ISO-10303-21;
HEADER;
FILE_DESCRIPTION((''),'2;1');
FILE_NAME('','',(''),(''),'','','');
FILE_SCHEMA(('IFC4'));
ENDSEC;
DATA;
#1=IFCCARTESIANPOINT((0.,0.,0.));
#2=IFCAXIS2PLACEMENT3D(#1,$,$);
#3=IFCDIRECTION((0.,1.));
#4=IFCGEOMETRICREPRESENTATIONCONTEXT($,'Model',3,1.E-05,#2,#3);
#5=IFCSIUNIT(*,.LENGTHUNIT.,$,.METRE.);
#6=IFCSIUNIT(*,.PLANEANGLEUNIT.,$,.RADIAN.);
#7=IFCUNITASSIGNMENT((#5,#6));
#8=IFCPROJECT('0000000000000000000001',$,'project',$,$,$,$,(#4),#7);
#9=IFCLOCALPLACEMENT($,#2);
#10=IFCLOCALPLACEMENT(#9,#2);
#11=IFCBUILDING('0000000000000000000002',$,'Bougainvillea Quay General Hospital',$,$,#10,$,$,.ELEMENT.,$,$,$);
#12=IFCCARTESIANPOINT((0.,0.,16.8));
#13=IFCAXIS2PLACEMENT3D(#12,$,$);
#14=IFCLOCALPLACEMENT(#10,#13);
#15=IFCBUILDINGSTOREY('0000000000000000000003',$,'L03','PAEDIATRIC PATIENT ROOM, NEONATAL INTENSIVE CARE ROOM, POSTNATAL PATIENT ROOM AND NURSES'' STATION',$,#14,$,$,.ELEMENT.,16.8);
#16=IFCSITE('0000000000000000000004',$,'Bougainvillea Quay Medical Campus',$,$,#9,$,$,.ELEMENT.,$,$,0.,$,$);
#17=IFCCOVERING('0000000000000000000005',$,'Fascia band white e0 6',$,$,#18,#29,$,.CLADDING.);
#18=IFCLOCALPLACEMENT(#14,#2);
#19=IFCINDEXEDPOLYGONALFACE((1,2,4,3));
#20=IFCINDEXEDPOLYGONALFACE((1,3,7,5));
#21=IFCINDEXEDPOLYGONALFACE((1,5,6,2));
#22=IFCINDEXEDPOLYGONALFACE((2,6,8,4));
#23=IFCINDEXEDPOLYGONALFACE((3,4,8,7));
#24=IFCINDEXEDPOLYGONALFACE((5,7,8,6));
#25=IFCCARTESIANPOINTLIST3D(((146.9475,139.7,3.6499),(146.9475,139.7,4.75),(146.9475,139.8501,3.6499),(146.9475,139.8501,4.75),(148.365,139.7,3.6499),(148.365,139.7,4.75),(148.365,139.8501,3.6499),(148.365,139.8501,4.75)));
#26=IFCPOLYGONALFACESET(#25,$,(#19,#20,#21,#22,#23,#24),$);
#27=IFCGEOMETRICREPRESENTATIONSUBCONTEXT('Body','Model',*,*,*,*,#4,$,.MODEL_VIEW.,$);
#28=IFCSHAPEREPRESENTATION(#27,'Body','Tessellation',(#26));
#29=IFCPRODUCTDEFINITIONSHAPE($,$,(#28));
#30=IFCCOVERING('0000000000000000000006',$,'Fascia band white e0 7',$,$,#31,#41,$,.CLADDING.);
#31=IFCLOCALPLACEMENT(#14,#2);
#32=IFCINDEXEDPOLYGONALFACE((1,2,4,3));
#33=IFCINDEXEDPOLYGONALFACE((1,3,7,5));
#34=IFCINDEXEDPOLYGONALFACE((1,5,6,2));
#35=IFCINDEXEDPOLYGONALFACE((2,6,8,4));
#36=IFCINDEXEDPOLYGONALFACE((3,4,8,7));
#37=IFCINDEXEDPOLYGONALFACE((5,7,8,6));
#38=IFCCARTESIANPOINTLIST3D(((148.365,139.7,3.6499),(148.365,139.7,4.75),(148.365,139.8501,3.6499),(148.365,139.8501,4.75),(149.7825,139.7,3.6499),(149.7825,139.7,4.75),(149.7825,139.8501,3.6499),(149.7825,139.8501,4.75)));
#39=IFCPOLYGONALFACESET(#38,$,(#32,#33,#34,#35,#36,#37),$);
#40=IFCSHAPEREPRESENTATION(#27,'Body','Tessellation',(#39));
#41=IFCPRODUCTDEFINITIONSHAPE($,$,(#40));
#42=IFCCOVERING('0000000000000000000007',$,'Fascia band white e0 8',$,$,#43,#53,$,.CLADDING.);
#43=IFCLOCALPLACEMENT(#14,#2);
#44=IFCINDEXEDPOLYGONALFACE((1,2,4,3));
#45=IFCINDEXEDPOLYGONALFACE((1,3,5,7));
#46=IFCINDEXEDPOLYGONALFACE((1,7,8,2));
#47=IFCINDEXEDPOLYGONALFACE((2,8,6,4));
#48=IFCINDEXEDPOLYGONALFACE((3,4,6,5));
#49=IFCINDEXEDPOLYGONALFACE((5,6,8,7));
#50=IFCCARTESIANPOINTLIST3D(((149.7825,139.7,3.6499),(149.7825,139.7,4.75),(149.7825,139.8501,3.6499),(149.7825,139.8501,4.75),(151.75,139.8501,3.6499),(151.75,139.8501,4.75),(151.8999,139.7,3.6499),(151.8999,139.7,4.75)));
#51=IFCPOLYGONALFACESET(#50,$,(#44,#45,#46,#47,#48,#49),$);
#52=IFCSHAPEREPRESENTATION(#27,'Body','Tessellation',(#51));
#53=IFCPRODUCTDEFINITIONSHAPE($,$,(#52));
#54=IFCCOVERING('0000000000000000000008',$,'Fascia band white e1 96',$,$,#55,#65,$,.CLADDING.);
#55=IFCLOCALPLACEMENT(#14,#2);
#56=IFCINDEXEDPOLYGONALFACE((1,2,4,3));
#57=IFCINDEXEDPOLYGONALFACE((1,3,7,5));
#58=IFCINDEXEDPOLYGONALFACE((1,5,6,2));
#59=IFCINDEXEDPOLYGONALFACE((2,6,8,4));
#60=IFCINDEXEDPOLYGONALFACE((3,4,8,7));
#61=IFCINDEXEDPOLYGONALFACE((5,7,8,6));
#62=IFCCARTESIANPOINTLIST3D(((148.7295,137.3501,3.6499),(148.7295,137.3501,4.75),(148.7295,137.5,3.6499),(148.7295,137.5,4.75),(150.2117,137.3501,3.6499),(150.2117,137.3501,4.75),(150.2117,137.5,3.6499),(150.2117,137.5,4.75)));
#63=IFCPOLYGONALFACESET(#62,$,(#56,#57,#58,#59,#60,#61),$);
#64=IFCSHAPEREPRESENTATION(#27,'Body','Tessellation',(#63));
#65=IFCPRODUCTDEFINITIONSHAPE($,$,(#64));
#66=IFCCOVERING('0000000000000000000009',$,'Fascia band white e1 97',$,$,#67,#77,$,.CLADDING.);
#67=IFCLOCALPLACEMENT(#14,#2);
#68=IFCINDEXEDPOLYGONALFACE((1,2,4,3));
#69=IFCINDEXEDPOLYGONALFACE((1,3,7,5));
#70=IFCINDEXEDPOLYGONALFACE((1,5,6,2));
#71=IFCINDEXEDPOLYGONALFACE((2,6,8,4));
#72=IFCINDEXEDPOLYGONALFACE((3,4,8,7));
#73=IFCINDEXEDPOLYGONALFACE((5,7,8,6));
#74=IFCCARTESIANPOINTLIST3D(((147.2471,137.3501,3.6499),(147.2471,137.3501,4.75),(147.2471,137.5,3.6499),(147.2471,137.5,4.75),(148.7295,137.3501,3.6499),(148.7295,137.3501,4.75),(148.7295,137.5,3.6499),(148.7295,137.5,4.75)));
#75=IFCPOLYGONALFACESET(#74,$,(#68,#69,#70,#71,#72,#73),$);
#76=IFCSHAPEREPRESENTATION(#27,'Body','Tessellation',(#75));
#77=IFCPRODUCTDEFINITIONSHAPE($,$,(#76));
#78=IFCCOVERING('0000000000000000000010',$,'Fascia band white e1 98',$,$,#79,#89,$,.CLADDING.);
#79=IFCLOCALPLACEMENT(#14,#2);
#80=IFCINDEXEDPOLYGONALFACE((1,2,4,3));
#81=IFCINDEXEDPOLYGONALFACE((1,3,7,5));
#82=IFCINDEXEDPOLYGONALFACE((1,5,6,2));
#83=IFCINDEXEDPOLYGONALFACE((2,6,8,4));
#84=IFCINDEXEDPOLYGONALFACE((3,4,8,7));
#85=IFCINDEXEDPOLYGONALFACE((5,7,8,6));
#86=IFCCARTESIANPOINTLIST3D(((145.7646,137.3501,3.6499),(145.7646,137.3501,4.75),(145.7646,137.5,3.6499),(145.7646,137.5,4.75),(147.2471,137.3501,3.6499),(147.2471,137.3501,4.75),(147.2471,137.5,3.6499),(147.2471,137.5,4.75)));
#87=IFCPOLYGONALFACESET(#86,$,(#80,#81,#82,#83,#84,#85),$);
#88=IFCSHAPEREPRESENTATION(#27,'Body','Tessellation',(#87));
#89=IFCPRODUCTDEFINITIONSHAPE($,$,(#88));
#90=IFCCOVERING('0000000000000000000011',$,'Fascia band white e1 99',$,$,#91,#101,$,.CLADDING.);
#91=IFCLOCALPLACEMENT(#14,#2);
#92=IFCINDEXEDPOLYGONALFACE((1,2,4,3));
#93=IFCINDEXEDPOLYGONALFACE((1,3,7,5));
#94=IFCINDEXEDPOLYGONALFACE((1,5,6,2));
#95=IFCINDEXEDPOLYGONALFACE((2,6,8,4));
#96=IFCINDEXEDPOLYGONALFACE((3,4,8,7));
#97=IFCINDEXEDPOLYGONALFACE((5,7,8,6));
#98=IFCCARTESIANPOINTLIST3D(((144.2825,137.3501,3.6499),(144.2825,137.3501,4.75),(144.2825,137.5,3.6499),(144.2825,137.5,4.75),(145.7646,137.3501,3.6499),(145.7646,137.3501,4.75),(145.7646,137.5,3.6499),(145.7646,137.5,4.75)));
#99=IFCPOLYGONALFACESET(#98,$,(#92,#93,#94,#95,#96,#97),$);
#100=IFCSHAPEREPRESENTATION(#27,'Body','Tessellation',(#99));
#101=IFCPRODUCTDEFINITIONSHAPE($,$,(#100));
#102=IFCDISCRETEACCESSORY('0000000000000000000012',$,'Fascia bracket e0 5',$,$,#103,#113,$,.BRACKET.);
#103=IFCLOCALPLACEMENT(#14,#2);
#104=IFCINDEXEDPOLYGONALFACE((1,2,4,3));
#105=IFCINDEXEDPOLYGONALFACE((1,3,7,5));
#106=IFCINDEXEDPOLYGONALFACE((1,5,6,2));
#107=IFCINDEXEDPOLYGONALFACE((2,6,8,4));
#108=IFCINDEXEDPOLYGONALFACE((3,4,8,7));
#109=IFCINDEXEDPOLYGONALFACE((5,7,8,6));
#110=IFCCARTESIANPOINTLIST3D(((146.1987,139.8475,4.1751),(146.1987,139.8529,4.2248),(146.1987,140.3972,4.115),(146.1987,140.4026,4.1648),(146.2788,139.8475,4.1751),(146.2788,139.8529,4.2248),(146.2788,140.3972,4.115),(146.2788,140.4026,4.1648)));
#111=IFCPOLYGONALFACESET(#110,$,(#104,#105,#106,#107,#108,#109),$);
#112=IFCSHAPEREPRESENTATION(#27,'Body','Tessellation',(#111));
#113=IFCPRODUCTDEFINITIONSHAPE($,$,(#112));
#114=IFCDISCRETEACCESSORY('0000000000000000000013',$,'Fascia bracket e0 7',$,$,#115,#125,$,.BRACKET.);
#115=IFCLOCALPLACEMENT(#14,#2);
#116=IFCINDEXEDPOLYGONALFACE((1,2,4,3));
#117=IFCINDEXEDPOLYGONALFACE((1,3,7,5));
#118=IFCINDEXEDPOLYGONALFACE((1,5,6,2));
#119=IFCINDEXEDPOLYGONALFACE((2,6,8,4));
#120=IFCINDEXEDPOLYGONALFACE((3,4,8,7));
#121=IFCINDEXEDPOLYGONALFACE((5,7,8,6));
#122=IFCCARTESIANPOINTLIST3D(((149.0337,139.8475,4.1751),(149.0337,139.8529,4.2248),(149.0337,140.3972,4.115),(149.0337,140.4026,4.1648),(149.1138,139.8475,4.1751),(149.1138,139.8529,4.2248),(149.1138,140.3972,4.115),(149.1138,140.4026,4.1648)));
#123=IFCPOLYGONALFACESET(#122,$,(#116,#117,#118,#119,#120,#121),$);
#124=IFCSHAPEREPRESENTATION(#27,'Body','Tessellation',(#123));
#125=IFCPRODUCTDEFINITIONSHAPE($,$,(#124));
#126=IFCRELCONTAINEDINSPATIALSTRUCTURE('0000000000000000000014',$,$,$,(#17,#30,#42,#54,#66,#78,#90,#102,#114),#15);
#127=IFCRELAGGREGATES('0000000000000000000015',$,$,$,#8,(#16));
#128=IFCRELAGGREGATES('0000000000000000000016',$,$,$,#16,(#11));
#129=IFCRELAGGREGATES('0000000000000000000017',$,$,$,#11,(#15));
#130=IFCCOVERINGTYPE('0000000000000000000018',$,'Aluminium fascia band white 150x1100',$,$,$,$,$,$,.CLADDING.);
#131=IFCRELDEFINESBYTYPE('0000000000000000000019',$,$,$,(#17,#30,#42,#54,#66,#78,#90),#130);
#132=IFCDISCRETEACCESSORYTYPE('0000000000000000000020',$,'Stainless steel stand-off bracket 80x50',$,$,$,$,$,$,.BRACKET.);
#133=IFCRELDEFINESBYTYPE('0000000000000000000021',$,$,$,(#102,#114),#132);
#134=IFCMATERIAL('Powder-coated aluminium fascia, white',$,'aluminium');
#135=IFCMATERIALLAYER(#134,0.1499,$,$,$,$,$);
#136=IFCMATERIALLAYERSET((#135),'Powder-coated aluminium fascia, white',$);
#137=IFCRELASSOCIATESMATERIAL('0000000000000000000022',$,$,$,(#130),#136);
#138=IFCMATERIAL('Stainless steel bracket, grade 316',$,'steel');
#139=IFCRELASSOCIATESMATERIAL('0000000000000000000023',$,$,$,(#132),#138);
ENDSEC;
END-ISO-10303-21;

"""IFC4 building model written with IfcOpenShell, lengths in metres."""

from ifc_helpers import new_model, si_unit, direction, frame, origin, origin_2d, place, context, subcontext, project, spatial, polyline, rectangle, outline, extrude, material, layer, layer_set, material_profile, profile_set, type_object, element, save


model = new_model("IFC4")

# Units and contexts
model_context = context("Model", 3, precision=1e-05, world=origin(), true_north=direction((0.0, 1.0)))
body_context = subcontext(model_context, "Body", "Model", "MODEL_VIEW")
ifc_project = project(units=[si_unit("LENGTHUNIT", "METRE"), si_unit("PLANEANGLEUNIT", "RADIAN")], contexts=[model_context])

# Site, building, storey
site_placement = place(None, origin())
site = spatial("IfcSite", under=ifc_project, at=site_placement, Name="Bougainvillea Quay Medical Campus", CompositionType="ELEMENT", RefElevation=0.0)
building_placement = place(site_placement, origin())
building = spatial("IfcBuilding", under=site, at=building_placement, Name="Bougainvillea Quay General Hospital", CompositionType="ELEMENT")
storey_placement = place(building_placement, frame((0.0, 0.0, 16.8)))
storey = spatial("IfcBuildingStorey", under=building, at=storey_placement, Name="L03", Description="PAEDIATRIC PATIENT ROOM, NEONATAL INTENSIVE CARE ROOM, POSTNATAL PATIENT ROOM AND NURSES' STATION", CompositionType="ELEMENT", Elevation=16.8)

# Coverings
ifc_material_1 = material(Name="Powder-coated aluminium fascia, white", Category="aluminium")
ifc_layer_1 = layer(ifc_material_1, 0.1499)
ifc_layer_set_1 = layer_set([ifc_layer_1], Name="Powder-coated aluminium fascia, white")
covering_type = type_object("IfcCoveringType", Name="Aluminium fascia band white 150x1100", PredefinedType="CLADDING", material=ifc_layer_set_1)
for number, where, z_axis, x_axis, name in (
    (1, (146.9475, 139.8501, 3.6499), (0.0, 0.0, 1.0), (1.0, 0.0, 0.0), "Fascia band white e0 6"),
    (2, (148.365, 139.8501, 3.6499), (0.0, 0.0, 1.0), (1.0, 0.0, 0.0), "Fascia band white e0 7"),
):
    element("IfcCovering", number, at=place(storey_placement, frame(where, z_axis=z_axis, x_axis=x_axis)), inside=storey, type_object=covering_type, Name=name, PredefinedType="CLADDING", context=body_context, shape_type="SweptSolid", body=[
        extrude(outline(polyline([(0.0, 0.0), (1.4175, 0.0), (1.4175, -0.1501), (0.0, -0.1501), (0.0, 0.0)])), origin(), (0.0, 0.0, 1.0), 1.1001),
    ])
covering_1_placement = place(storey_placement, frame((149.7825, 139.8501, 3.6499), z_axis=(0.0, 0.0, 1.0), x_axis=(1.0, 0.0, 0.0)))
element("IfcCovering", 3, at=covering_1_placement, inside=storey, type_object=covering_type, Name="Fascia band white e0 8", PredefinedType="CLADDING", context=body_context, shape_type="SweptSolid", body=[
    extrude(outline(polyline([(0.0, 0.0), (1.9675, 0.0), (2.1174, -0.1501), (0.0, -0.1501), (0.0, 0.0)])), origin(), (0.0, 0.0, 1.0), 1.1001),
])
covering_2_placement = place(storey_placement, frame((150.2117, 137.3501, 3.6499), z_axis=(0.0, 0.0, 1.0), x_axis=(-1.0, 0.0, 0.0)))
element("IfcCovering", 4, at=covering_2_placement, inside=storey, type_object=covering_type, Name="Fascia band white e1 96", PredefinedType="CLADDING", context=body_context, shape_type="SweptSolid", body=[
    extrude(outline(polyline([(0.0, 0.0), (1.4822, 0.0), (1.4822, -0.1499), (0.0, -0.1499), (0.0, 0.0)])), origin(), (0.0, 0.0, 1.0), 1.1001),
])
for number, where, z_axis, x_axis, name in (
    (5, (148.7295, 137.3501, 3.6499), (0.0, 0.0, 1.0), (-1.0, 0.0, 0.0), "Fascia band white e1 97"),
    (6, (147.2471, 137.3501, 3.6499), (0.0, 0.0, 1.0), (-1.0, 0.0, 0.0), "Fascia band white e1 98"),
):
    element("IfcCovering", number, at=place(storey_placement, frame(where, z_axis=z_axis, x_axis=x_axis)), inside=storey, type_object=covering_type, Name=name, PredefinedType="CLADDING", context=body_context, shape_type="SweptSolid", body=[
        extrude(outline(polyline([(0.0, 0.0), (1.4824, 0.0), (1.4824, -0.1499), (0.0, -0.1499), (0.0, 0.0)])), origin(), (0.0, 0.0, 1.0), 1.1001),
    ])
covering_3_placement = place(storey_placement, frame((145.7646, 137.3501, 3.6499), z_axis=(0.0, 0.0, 1.0), x_axis=(-1.0, 0.0, 0.0)))
element("IfcCovering", 7, at=covering_3_placement, inside=storey, type_object=covering_type, Name="Fascia band white e1 99", PredefinedType="CLADDING", context=body_context, shape_type="SweptSolid", body=[
    extrude(outline(polyline([(0.0, 0.0), (1.4822, 0.0), (1.4822, -0.1499), (0.0, -0.1499), (0.0, 0.0)])), origin(), (0.0, 0.0, 1.0), 1.1001),
])

# Discrete accessories
ifc_material_2 = material(Name="Stainless steel bracket, grade 316", Category="steel")
ifc_material_profile_1 = material_profile(ifc_material_2, rectangle(XDim=0.0801, YDim=0.05, at=origin_2d()))
ifc_profile_set_1 = profile_set([ifc_material_profile_1], Name="Stainless steel bracket, grade 316")
discrete_accessory_type = type_object("IfcDiscreteAccessoryType", Name="Stainless steel stand-off bracket 80x50", PredefinedType="BRACKET", material=ifc_profile_set_1)
for number, where, z_axis, x_axis, name in (
    (8, (146.2388, 140.3999, 4.1399), (0.0, -0.994087, 0.10859), (1.0, 0.0, 0.0), "Fascia bracket e0 5"),
    (9, (149.0737, 140.3999, 4.1399), (0.0, -0.994087, 0.10859), (1.0, 0.0, 0.0), "Fascia bracket e0 7"),
):
    element("IfcDiscreteAccessory", number, at=place(storey_placement, frame(where, z_axis=z_axis, x_axis=x_axis)), inside=storey, type_object=discrete_accessory_type, Name=name, PredefinedType="BRACKET", context=body_context, shape_type="SweptSolid", body=[
        extrude(rectangle(XDim=0.0801, YDim=0.05, at=origin_2d()), origin(), (0.0, 0.0, 1.0), 0.553),
    ])

save(model, "model.ifc")
